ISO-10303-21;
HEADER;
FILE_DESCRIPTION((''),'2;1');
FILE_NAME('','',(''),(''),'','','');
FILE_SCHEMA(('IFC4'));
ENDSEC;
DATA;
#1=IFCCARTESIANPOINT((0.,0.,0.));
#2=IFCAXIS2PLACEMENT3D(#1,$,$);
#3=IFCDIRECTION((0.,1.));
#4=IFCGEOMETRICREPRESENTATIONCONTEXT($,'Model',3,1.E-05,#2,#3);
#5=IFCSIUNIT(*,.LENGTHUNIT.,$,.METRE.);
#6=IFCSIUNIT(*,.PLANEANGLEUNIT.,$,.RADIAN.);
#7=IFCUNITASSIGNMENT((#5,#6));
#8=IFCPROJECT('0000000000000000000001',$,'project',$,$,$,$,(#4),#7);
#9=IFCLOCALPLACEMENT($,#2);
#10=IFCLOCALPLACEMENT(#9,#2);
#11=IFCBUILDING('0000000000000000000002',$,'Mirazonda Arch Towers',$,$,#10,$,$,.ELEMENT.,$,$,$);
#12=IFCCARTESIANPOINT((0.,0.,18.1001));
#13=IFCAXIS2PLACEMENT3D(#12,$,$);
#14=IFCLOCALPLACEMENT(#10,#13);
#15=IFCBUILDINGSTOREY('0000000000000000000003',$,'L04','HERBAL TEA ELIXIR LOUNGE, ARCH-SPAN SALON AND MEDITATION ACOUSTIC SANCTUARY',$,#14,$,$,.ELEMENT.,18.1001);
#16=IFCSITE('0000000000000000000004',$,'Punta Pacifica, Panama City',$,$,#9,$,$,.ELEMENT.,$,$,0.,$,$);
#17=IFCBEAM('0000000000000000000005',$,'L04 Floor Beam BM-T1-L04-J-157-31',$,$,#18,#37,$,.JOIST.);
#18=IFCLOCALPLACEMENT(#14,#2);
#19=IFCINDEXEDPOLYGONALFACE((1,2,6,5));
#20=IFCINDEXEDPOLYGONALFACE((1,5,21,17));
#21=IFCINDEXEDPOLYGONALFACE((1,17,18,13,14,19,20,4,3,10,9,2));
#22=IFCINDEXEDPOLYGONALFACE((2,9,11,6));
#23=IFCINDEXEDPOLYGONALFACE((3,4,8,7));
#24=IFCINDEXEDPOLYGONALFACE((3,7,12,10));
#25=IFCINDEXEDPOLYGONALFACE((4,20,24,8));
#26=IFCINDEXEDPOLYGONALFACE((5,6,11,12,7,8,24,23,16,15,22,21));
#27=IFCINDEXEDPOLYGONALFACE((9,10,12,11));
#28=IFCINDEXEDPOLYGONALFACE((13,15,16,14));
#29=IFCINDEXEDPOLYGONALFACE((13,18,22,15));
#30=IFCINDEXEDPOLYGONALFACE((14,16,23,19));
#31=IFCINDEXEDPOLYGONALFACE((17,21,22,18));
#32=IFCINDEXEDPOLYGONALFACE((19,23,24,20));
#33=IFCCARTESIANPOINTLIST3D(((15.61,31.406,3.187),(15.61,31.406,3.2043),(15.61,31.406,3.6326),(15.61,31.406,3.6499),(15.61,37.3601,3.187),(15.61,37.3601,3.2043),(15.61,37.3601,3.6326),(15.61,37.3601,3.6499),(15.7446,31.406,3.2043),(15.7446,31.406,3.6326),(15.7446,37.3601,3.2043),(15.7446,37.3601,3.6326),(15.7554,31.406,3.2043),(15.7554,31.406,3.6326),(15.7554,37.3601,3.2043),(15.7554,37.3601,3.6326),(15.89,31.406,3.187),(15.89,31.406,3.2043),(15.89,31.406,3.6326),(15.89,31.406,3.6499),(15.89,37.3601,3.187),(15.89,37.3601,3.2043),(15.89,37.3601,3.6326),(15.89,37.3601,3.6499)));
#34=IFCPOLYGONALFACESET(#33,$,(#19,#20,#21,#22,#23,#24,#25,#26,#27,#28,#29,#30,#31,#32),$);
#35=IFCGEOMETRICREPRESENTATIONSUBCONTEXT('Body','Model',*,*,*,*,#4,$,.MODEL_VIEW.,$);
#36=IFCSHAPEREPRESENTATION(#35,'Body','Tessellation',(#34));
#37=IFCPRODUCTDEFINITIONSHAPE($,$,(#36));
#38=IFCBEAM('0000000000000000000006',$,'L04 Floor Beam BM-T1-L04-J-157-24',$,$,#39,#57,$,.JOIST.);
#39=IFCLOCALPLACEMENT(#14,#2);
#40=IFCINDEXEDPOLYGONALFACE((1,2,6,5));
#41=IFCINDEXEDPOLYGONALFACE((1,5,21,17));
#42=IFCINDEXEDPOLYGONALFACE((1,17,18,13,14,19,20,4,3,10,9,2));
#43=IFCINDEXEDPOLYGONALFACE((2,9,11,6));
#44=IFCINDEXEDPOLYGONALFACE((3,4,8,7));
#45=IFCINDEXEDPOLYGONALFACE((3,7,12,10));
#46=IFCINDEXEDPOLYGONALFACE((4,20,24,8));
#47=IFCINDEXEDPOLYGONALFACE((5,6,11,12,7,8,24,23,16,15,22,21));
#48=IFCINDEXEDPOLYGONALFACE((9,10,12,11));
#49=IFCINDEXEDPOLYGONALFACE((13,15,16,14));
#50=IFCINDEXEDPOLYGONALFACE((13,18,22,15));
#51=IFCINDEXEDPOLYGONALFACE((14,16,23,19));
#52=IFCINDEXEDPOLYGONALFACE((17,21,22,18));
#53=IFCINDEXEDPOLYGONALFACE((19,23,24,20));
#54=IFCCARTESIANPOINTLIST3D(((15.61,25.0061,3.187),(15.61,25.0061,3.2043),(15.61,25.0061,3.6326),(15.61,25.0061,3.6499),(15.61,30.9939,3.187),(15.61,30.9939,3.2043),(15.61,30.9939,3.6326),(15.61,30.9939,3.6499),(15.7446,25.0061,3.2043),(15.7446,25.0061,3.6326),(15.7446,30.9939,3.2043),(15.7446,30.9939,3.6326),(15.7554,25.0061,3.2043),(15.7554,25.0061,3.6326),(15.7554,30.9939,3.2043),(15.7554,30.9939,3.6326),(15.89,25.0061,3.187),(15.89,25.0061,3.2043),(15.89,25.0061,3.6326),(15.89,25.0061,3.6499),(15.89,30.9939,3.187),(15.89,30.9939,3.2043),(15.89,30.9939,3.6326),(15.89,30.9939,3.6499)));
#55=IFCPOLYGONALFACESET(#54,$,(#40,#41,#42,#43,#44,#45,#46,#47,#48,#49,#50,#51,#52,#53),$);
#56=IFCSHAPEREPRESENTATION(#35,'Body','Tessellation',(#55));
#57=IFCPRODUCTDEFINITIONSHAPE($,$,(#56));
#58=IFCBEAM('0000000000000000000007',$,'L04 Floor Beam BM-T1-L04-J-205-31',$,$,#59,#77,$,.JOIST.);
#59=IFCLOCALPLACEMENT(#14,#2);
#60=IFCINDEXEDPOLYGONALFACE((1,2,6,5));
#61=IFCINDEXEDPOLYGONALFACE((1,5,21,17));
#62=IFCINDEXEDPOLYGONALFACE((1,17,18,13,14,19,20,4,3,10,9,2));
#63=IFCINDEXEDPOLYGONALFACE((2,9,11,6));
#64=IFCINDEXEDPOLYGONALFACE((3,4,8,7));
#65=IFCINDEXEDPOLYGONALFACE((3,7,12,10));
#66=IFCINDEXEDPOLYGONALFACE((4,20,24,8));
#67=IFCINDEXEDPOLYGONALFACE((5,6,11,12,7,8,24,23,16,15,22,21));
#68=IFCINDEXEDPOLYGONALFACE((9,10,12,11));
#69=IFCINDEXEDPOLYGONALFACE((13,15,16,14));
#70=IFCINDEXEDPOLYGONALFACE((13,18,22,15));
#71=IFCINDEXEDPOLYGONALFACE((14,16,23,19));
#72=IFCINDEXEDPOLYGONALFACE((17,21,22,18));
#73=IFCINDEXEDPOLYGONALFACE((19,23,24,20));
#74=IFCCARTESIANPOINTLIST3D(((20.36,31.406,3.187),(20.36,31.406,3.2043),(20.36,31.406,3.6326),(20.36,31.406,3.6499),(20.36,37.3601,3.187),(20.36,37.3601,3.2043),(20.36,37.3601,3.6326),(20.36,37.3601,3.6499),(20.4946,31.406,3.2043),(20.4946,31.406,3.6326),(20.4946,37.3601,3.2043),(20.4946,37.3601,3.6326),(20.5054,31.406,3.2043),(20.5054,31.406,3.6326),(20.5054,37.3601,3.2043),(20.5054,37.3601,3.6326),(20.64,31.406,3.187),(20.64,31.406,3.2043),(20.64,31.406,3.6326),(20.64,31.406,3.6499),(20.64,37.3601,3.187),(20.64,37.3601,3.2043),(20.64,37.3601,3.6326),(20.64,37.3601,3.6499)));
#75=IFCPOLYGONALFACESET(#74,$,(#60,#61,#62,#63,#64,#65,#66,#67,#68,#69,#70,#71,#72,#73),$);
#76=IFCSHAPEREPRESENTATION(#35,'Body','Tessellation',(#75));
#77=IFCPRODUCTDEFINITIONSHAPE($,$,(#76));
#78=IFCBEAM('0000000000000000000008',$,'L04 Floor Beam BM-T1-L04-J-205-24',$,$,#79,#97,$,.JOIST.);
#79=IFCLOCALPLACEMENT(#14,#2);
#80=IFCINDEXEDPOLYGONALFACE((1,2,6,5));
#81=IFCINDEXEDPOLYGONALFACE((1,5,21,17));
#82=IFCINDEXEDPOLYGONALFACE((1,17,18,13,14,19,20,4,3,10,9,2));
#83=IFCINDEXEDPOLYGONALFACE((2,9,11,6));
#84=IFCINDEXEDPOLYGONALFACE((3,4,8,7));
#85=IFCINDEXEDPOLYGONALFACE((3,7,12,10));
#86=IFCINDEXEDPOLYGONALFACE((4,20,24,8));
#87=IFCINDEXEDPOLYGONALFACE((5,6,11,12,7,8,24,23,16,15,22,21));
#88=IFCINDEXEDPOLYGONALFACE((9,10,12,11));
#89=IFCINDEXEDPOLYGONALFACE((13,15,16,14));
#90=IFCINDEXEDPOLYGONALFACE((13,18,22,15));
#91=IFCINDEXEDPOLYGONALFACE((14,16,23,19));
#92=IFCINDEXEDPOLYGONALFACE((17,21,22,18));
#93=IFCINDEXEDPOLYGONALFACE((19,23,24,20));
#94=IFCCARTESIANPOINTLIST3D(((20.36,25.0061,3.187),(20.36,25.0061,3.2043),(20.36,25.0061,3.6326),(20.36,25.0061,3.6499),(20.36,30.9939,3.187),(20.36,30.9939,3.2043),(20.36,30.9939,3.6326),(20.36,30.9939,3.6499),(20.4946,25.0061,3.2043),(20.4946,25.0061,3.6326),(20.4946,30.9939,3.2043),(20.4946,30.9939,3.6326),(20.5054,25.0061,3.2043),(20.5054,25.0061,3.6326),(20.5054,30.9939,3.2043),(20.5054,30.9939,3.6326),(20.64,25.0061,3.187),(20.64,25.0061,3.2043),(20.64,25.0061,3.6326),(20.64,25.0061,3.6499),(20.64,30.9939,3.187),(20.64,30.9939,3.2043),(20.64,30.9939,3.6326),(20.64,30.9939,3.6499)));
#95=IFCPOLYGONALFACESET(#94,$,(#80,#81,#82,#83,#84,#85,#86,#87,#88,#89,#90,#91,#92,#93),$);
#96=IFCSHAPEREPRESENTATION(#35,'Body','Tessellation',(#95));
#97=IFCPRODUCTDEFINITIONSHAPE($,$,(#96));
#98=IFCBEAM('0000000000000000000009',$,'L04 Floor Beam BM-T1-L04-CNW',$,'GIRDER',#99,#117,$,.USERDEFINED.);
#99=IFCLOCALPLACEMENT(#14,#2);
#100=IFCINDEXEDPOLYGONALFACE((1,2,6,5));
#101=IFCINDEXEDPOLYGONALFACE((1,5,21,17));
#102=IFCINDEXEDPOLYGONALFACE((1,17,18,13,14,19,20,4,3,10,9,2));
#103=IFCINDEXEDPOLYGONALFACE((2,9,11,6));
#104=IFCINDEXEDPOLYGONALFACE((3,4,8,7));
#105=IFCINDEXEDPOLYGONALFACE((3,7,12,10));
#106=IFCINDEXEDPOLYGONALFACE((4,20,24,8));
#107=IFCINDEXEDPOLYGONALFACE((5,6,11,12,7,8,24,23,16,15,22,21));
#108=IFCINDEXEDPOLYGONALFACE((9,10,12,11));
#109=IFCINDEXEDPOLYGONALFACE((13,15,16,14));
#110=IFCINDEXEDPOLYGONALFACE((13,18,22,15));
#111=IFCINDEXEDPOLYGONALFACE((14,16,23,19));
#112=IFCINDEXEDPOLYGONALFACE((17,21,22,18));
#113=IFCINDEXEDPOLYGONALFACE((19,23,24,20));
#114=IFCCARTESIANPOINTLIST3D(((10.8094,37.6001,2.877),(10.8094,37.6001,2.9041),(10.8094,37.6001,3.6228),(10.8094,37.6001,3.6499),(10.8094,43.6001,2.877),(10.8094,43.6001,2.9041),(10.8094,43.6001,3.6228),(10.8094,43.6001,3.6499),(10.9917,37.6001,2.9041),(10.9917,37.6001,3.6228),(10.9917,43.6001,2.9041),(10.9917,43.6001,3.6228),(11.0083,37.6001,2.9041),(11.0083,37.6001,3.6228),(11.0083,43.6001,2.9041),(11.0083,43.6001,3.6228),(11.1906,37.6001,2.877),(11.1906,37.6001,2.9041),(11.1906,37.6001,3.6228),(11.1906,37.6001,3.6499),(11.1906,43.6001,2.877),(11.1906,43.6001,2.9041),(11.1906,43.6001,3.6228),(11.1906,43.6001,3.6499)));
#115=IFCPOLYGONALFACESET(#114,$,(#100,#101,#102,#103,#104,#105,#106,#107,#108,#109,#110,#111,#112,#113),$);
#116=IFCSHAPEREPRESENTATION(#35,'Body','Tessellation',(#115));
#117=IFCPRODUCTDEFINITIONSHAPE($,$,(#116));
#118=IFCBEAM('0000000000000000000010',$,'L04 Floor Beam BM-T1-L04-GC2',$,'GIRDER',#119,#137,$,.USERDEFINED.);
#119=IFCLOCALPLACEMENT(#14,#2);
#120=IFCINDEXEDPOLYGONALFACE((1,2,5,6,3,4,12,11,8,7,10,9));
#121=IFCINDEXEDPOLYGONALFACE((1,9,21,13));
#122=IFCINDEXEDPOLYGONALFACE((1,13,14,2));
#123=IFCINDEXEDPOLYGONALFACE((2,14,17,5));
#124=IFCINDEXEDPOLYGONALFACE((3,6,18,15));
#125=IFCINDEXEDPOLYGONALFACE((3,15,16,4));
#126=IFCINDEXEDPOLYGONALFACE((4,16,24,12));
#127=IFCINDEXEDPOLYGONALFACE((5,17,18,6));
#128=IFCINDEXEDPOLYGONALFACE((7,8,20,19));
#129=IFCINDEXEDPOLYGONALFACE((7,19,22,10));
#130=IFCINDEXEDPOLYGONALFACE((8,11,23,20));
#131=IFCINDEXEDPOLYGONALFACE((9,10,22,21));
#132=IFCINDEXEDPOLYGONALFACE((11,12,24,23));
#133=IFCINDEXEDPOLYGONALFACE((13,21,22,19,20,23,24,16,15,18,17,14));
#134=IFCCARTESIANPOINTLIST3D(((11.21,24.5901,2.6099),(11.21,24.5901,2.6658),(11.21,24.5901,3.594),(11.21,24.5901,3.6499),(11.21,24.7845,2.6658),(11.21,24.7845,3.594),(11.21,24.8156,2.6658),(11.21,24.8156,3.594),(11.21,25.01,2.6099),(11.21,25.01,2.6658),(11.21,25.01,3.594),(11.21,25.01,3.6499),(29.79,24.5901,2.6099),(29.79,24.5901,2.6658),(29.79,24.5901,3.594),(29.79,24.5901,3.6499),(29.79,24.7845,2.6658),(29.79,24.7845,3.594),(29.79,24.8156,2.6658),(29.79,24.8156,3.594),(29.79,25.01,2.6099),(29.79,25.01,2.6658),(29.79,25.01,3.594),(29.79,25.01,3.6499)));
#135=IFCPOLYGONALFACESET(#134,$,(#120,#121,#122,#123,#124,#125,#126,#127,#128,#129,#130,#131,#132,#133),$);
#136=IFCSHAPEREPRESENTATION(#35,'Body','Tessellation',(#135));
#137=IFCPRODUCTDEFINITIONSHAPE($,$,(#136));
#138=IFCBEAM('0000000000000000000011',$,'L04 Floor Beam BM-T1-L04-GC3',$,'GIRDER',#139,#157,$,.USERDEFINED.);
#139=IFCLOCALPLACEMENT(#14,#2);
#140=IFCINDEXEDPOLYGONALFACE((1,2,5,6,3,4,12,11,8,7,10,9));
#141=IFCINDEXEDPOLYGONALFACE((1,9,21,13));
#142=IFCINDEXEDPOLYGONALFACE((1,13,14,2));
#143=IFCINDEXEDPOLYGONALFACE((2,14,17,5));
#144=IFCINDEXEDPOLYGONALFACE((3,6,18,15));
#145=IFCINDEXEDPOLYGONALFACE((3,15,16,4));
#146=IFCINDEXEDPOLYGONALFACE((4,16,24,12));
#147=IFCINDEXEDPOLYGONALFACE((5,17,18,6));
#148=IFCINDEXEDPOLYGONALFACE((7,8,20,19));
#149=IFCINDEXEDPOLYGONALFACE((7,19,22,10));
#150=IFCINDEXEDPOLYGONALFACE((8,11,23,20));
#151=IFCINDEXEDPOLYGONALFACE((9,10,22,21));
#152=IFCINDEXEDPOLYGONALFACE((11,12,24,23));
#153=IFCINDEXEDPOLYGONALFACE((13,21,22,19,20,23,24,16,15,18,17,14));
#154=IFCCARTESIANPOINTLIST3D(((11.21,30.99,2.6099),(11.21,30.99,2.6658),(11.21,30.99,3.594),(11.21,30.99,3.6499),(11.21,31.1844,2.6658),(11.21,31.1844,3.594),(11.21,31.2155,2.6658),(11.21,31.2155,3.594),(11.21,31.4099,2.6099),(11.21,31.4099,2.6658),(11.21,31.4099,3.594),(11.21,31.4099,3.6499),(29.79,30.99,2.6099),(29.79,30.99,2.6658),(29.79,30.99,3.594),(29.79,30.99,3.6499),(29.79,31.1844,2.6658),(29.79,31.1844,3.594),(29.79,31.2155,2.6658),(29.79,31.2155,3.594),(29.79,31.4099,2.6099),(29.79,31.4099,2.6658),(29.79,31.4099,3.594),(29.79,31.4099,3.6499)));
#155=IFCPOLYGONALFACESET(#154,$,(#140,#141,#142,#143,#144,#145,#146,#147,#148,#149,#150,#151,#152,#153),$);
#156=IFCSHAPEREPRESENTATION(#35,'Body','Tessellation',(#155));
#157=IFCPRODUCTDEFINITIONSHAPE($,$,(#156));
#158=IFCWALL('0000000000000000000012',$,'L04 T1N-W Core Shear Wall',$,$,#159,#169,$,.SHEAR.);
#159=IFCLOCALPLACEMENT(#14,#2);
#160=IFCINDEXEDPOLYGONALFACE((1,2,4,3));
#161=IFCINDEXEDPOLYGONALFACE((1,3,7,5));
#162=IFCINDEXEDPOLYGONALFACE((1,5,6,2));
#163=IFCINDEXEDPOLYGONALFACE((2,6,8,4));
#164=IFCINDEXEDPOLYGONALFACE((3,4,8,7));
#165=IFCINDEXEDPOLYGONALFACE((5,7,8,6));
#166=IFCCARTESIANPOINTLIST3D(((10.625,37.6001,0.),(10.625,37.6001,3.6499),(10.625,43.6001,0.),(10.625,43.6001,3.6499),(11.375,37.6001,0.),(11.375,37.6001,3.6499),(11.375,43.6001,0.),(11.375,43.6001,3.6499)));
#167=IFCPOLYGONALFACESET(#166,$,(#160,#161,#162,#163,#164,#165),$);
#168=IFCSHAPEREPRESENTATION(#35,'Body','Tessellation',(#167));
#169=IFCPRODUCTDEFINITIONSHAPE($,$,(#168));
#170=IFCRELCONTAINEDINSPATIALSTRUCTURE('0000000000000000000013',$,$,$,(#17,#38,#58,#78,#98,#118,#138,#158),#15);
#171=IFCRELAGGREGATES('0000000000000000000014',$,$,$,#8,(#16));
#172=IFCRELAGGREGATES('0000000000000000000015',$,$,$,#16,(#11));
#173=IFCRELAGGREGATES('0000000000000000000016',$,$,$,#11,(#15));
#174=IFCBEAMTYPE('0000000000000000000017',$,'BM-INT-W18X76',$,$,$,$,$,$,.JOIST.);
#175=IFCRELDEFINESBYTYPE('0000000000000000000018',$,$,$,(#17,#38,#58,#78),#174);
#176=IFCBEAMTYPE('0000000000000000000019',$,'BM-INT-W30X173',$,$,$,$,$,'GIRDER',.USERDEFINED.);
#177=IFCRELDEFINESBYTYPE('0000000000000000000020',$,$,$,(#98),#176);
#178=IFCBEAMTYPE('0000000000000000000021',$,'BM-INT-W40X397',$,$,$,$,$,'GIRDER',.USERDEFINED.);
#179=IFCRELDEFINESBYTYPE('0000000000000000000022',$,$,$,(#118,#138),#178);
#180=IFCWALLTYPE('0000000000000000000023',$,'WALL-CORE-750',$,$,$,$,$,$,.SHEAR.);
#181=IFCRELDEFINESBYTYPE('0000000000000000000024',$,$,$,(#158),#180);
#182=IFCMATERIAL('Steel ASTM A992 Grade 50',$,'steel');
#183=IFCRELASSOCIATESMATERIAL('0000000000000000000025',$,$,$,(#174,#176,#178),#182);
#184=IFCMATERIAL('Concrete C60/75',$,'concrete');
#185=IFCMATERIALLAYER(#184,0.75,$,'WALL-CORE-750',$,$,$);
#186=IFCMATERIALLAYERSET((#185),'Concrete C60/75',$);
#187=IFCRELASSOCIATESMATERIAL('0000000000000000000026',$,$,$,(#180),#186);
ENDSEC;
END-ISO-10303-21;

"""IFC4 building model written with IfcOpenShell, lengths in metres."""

from ifc_helpers import new_model, si_unit, direction, frame, frame_2d, origin, origin_2d, place, context, subcontext, project, spatial, rectangle, i_section, extrude, material, layer, layer_set, material_profile, profile_set, type_object, element, save


model = new_model("IFC4")

# Units and contexts
model_context = context("Model", 3, precision=1e-05, world=origin(), true_north=direction((0.0, 1.0)))
body_context = subcontext(model_context, "Body", "Model", "MODEL_VIEW")
ifc_project = project(units=[si_unit("LENGTHUNIT", "METRE"), si_unit("PLANEANGLEUNIT", "RADIAN")], contexts=[model_context])

# Site, building, storey
site_placement = place(None, origin())
site = spatial("IfcSite", under=ifc_project, at=site_placement, Name="Punta Pacifica, Panama City", CompositionType="ELEMENT", RefElevation=0.0)
building_placement = place(site_placement, origin())
building = spatial("IfcBuilding", under=site, at=building_placement, Name="Mirazonda Arch Towers", CompositionType="ELEMENT")
storey_placement = place(building_placement, frame((0.0, 0.0, 18.1001)))
storey = spatial("IfcBuildingStorey", under=building, at=storey_placement, Name="L04", Description="HERBAL TEA ELIXIR LOUNGE, ARCH-SPAN SALON AND MEDITATION ACOUSTIC SANCTUARY", CompositionType="ELEMENT", Elevation=18.1001)

# Beams
ifc_material_1 = material(Name="Steel ASTM A992 Grade 50", Category="steel")
ifc_material_profile_1 = material_profile(ifc_material_1, i_section(OverallWidth=0.28, OverallDepth=0.4629, WebThickness=0.0107, FlangeThickness=0.0173, at=origin_2d()), Name="W18X76")
ifc_profile_set_1 = profile_set([ifc_material_profile_1], Name="Steel ASTM A992 Grade 50")
beam_type_1 = type_object("IfcBeamType", Name="BM-INT-W18X76", PredefinedType="JOIST", material=ifc_profile_set_1)
beam_1_placement = place(storey_placement, frame((15.75, 31.406, 3.4185), z_axis=(0.0, 1.0, 0.0), x_axis=(-1.0, 0.0, 0.0)))
element("IfcBeam", 1, at=beam_1_placement, inside=storey, type_object=beam_type_1, Name="L04 Floor Beam BM-T1-L04-J-157-31", PredefinedType="JOIST", context=body_context, shape_type="SweptSolid", body=[
    extrude(i_section(OverallWidth=0.28, OverallDepth=0.4629, WebThickness=0.0107, FlangeThickness=0.0173, at=origin_2d()), origin(), (0.0, 0.0, 1.0), 5.9541),
])
beam_2_placement = place(storey_placement, frame((15.75, 25.0061, 3.4185), z_axis=(0.0, 1.0, 0.0), x_axis=(-1.0, 0.0, 0.0)))
element("IfcBeam", 2, at=beam_2_placement, inside=storey, type_object=beam_type_1, Name="L04 Floor Beam BM-T1-L04-J-157-24", PredefinedType="JOIST", context=body_context, shape_type="SweptSolid", body=[
    extrude(i_section(OverallWidth=0.28, OverallDepth=0.4629, WebThickness=0.0107, FlangeThickness=0.0173, at=origin_2d()), origin(), (0.0, 0.0, 1.0), 5.9878),
])
beam_3_placement = place(storey_placement, frame((20.5, 31.406, 3.4185), z_axis=(0.0, 1.0, 0.0), x_axis=(-1.0, 0.0, 0.0)))
element("IfcBeam", 3, at=beam_3_placement, inside=storey, type_object=beam_type_1, Name="L04 Floor Beam BM-T1-L04-J-205-31", PredefinedType="JOIST", context=body_context, shape_type="SweptSolid", body=[
    extrude(i_section(OverallWidth=0.28, OverallDepth=0.4629, WebThickness=0.0107, FlangeThickness=0.0173, at=origin_2d()), origin(), (0.0, 0.0, 1.0), 5.9541),
])
beam_4_placement = place(storey_placement, frame((20.5, 25.0061, 3.4185), z_axis=(0.0, 1.0, 0.0), x_axis=(-1.0, 0.0, 0.0)))
element("IfcBeam", 4, at=beam_4_placement, inside=storey, type_object=beam_type_1, Name="L04 Floor Beam BM-T1-L04-J-205-24", PredefinedType="JOIST", context=body_context, shape_type="SweptSolid", body=[
    extrude(i_section(OverallWidth=0.28, OverallDepth=0.4629, WebThickness=0.0107, FlangeThickness=0.0173, at=origin_2d()), origin(), (0.0, 0.0, 1.0), 5.9878),
])
ifc_material_profile_2 = material_profile(ifc_material_1, i_section(OverallWidth=0.3811, OverallDepth=0.7729, WebThickness=0.0166, FlangeThickness=0.0271, at=origin_2d()), Name="W30X173")
ifc_profile_set_2 = profile_set([ifc_material_profile_2], Name="Steel ASTM A992 Grade 50")
beam_type_2 = type_object("IfcBeamType", Name="BM-INT-W30X173", ElementType="GIRDER", PredefinedType="USERDEFINED", material=ifc_profile_set_2)
beam_5_placement = place(storey_placement, frame((11.0, 37.6001, 3.2634), z_axis=(0.0, 1.0, 0.0), x_axis=(-1.0, 0.0, 0.0)))
element("IfcBeam", 5, at=beam_5_placement, inside=storey, type_object=beam_type_2, Name="L04 Floor Beam BM-T1-L04-CNW", ObjectType="GIRDER", PredefinedType="USERDEFINED", context=body_context, shape_type="SweptSolid", body=[
    extrude(i_section(OverallWidth=0.3811, OverallDepth=0.7729, WebThickness=0.0166, FlangeThickness=0.0271, at=origin_2d()), origin(), (0.0, 0.0, 1.0), 6.0),
])
ifc_material_profile_3 = material_profile(ifc_material_1, i_section(OverallWidth=0.4199, OverallDepth=1.04, WebThickness=0.031, FlangeThickness=0.0559, at=origin_2d()), Name="W40X397")
ifc_profile_set_3 = profile_set([ifc_material_profile_3], Name="Steel ASTM A992 Grade 50")
beam_type_3 = type_object("IfcBeamType", Name="BM-INT-W40X397", ElementType="GIRDER", PredefinedType="USERDEFINED", material=ifc_profile_set_3)
for number, where, z_axis, x_axis, name in (
    (6, (11.21, 24.8, 3.1299), (1.0, 0.0, 0.0), (0.0, 1.0, 0.0), "L04 Floor Beam BM-T1-L04-GC2"),
    (7, (11.21, 31.2, 3.1299), (1.0, 0.0, 0.0), (0.0, 1.0, 0.0), "L04 Floor Beam BM-T1-L04-GC3"),
):
    element("IfcBeam", number, at=place(storey_placement, frame(where, z_axis=z_axis, x_axis=x_axis)), inside=storey, type_object=beam_type_3, Name=name, ObjectType="GIRDER", PredefinedType="USERDEFINED", context=body_context, shape_type="SweptSolid", body=[
        extrude(i_section(OverallWidth=0.4199, OverallDepth=1.04, WebThickness=0.031, FlangeThickness=0.0559, at=origin_2d()), origin(), (0.0, 0.0, 1.0), 18.5801),
    ])

# Wall
ifc_material_2 = material(Name="Concrete C60/75", Category="concrete")
ifc_layer_1 = layer(ifc_material_2, 0.75, Name="WALL-CORE-750")
ifc_layer_set_1 = layer_set([ifc_layer_1], Name="Concrete C60/75")
wall_type_1 = type_object("IfcWallType", Name="WALL-CORE-750", PredefinedType="SHEAR", material=ifc_layer_set_1)
wall_1_placement = place(storey_placement, frame((11.0, 37.6001, 0.0), z_axis=(0.0, 0.0, 1.0), x_axis=(0.0, 1.0, 0.0)))
element("IfcWall", 8, at=wall_1_placement, inside=storey, type_object=wall_type_1, Name="L04 T1N-W Core Shear Wall", PredefinedType="SHEAR", context=body_context, shape_type="SweptSolid", body=[
    extrude(rectangle(XDim=6.0, YDim=0.75, at=frame_2d((3.0, 0.0))), origin(), (0.0, 0.0, 1.0), 3.6499),
])

save(model, "model.ifc")
